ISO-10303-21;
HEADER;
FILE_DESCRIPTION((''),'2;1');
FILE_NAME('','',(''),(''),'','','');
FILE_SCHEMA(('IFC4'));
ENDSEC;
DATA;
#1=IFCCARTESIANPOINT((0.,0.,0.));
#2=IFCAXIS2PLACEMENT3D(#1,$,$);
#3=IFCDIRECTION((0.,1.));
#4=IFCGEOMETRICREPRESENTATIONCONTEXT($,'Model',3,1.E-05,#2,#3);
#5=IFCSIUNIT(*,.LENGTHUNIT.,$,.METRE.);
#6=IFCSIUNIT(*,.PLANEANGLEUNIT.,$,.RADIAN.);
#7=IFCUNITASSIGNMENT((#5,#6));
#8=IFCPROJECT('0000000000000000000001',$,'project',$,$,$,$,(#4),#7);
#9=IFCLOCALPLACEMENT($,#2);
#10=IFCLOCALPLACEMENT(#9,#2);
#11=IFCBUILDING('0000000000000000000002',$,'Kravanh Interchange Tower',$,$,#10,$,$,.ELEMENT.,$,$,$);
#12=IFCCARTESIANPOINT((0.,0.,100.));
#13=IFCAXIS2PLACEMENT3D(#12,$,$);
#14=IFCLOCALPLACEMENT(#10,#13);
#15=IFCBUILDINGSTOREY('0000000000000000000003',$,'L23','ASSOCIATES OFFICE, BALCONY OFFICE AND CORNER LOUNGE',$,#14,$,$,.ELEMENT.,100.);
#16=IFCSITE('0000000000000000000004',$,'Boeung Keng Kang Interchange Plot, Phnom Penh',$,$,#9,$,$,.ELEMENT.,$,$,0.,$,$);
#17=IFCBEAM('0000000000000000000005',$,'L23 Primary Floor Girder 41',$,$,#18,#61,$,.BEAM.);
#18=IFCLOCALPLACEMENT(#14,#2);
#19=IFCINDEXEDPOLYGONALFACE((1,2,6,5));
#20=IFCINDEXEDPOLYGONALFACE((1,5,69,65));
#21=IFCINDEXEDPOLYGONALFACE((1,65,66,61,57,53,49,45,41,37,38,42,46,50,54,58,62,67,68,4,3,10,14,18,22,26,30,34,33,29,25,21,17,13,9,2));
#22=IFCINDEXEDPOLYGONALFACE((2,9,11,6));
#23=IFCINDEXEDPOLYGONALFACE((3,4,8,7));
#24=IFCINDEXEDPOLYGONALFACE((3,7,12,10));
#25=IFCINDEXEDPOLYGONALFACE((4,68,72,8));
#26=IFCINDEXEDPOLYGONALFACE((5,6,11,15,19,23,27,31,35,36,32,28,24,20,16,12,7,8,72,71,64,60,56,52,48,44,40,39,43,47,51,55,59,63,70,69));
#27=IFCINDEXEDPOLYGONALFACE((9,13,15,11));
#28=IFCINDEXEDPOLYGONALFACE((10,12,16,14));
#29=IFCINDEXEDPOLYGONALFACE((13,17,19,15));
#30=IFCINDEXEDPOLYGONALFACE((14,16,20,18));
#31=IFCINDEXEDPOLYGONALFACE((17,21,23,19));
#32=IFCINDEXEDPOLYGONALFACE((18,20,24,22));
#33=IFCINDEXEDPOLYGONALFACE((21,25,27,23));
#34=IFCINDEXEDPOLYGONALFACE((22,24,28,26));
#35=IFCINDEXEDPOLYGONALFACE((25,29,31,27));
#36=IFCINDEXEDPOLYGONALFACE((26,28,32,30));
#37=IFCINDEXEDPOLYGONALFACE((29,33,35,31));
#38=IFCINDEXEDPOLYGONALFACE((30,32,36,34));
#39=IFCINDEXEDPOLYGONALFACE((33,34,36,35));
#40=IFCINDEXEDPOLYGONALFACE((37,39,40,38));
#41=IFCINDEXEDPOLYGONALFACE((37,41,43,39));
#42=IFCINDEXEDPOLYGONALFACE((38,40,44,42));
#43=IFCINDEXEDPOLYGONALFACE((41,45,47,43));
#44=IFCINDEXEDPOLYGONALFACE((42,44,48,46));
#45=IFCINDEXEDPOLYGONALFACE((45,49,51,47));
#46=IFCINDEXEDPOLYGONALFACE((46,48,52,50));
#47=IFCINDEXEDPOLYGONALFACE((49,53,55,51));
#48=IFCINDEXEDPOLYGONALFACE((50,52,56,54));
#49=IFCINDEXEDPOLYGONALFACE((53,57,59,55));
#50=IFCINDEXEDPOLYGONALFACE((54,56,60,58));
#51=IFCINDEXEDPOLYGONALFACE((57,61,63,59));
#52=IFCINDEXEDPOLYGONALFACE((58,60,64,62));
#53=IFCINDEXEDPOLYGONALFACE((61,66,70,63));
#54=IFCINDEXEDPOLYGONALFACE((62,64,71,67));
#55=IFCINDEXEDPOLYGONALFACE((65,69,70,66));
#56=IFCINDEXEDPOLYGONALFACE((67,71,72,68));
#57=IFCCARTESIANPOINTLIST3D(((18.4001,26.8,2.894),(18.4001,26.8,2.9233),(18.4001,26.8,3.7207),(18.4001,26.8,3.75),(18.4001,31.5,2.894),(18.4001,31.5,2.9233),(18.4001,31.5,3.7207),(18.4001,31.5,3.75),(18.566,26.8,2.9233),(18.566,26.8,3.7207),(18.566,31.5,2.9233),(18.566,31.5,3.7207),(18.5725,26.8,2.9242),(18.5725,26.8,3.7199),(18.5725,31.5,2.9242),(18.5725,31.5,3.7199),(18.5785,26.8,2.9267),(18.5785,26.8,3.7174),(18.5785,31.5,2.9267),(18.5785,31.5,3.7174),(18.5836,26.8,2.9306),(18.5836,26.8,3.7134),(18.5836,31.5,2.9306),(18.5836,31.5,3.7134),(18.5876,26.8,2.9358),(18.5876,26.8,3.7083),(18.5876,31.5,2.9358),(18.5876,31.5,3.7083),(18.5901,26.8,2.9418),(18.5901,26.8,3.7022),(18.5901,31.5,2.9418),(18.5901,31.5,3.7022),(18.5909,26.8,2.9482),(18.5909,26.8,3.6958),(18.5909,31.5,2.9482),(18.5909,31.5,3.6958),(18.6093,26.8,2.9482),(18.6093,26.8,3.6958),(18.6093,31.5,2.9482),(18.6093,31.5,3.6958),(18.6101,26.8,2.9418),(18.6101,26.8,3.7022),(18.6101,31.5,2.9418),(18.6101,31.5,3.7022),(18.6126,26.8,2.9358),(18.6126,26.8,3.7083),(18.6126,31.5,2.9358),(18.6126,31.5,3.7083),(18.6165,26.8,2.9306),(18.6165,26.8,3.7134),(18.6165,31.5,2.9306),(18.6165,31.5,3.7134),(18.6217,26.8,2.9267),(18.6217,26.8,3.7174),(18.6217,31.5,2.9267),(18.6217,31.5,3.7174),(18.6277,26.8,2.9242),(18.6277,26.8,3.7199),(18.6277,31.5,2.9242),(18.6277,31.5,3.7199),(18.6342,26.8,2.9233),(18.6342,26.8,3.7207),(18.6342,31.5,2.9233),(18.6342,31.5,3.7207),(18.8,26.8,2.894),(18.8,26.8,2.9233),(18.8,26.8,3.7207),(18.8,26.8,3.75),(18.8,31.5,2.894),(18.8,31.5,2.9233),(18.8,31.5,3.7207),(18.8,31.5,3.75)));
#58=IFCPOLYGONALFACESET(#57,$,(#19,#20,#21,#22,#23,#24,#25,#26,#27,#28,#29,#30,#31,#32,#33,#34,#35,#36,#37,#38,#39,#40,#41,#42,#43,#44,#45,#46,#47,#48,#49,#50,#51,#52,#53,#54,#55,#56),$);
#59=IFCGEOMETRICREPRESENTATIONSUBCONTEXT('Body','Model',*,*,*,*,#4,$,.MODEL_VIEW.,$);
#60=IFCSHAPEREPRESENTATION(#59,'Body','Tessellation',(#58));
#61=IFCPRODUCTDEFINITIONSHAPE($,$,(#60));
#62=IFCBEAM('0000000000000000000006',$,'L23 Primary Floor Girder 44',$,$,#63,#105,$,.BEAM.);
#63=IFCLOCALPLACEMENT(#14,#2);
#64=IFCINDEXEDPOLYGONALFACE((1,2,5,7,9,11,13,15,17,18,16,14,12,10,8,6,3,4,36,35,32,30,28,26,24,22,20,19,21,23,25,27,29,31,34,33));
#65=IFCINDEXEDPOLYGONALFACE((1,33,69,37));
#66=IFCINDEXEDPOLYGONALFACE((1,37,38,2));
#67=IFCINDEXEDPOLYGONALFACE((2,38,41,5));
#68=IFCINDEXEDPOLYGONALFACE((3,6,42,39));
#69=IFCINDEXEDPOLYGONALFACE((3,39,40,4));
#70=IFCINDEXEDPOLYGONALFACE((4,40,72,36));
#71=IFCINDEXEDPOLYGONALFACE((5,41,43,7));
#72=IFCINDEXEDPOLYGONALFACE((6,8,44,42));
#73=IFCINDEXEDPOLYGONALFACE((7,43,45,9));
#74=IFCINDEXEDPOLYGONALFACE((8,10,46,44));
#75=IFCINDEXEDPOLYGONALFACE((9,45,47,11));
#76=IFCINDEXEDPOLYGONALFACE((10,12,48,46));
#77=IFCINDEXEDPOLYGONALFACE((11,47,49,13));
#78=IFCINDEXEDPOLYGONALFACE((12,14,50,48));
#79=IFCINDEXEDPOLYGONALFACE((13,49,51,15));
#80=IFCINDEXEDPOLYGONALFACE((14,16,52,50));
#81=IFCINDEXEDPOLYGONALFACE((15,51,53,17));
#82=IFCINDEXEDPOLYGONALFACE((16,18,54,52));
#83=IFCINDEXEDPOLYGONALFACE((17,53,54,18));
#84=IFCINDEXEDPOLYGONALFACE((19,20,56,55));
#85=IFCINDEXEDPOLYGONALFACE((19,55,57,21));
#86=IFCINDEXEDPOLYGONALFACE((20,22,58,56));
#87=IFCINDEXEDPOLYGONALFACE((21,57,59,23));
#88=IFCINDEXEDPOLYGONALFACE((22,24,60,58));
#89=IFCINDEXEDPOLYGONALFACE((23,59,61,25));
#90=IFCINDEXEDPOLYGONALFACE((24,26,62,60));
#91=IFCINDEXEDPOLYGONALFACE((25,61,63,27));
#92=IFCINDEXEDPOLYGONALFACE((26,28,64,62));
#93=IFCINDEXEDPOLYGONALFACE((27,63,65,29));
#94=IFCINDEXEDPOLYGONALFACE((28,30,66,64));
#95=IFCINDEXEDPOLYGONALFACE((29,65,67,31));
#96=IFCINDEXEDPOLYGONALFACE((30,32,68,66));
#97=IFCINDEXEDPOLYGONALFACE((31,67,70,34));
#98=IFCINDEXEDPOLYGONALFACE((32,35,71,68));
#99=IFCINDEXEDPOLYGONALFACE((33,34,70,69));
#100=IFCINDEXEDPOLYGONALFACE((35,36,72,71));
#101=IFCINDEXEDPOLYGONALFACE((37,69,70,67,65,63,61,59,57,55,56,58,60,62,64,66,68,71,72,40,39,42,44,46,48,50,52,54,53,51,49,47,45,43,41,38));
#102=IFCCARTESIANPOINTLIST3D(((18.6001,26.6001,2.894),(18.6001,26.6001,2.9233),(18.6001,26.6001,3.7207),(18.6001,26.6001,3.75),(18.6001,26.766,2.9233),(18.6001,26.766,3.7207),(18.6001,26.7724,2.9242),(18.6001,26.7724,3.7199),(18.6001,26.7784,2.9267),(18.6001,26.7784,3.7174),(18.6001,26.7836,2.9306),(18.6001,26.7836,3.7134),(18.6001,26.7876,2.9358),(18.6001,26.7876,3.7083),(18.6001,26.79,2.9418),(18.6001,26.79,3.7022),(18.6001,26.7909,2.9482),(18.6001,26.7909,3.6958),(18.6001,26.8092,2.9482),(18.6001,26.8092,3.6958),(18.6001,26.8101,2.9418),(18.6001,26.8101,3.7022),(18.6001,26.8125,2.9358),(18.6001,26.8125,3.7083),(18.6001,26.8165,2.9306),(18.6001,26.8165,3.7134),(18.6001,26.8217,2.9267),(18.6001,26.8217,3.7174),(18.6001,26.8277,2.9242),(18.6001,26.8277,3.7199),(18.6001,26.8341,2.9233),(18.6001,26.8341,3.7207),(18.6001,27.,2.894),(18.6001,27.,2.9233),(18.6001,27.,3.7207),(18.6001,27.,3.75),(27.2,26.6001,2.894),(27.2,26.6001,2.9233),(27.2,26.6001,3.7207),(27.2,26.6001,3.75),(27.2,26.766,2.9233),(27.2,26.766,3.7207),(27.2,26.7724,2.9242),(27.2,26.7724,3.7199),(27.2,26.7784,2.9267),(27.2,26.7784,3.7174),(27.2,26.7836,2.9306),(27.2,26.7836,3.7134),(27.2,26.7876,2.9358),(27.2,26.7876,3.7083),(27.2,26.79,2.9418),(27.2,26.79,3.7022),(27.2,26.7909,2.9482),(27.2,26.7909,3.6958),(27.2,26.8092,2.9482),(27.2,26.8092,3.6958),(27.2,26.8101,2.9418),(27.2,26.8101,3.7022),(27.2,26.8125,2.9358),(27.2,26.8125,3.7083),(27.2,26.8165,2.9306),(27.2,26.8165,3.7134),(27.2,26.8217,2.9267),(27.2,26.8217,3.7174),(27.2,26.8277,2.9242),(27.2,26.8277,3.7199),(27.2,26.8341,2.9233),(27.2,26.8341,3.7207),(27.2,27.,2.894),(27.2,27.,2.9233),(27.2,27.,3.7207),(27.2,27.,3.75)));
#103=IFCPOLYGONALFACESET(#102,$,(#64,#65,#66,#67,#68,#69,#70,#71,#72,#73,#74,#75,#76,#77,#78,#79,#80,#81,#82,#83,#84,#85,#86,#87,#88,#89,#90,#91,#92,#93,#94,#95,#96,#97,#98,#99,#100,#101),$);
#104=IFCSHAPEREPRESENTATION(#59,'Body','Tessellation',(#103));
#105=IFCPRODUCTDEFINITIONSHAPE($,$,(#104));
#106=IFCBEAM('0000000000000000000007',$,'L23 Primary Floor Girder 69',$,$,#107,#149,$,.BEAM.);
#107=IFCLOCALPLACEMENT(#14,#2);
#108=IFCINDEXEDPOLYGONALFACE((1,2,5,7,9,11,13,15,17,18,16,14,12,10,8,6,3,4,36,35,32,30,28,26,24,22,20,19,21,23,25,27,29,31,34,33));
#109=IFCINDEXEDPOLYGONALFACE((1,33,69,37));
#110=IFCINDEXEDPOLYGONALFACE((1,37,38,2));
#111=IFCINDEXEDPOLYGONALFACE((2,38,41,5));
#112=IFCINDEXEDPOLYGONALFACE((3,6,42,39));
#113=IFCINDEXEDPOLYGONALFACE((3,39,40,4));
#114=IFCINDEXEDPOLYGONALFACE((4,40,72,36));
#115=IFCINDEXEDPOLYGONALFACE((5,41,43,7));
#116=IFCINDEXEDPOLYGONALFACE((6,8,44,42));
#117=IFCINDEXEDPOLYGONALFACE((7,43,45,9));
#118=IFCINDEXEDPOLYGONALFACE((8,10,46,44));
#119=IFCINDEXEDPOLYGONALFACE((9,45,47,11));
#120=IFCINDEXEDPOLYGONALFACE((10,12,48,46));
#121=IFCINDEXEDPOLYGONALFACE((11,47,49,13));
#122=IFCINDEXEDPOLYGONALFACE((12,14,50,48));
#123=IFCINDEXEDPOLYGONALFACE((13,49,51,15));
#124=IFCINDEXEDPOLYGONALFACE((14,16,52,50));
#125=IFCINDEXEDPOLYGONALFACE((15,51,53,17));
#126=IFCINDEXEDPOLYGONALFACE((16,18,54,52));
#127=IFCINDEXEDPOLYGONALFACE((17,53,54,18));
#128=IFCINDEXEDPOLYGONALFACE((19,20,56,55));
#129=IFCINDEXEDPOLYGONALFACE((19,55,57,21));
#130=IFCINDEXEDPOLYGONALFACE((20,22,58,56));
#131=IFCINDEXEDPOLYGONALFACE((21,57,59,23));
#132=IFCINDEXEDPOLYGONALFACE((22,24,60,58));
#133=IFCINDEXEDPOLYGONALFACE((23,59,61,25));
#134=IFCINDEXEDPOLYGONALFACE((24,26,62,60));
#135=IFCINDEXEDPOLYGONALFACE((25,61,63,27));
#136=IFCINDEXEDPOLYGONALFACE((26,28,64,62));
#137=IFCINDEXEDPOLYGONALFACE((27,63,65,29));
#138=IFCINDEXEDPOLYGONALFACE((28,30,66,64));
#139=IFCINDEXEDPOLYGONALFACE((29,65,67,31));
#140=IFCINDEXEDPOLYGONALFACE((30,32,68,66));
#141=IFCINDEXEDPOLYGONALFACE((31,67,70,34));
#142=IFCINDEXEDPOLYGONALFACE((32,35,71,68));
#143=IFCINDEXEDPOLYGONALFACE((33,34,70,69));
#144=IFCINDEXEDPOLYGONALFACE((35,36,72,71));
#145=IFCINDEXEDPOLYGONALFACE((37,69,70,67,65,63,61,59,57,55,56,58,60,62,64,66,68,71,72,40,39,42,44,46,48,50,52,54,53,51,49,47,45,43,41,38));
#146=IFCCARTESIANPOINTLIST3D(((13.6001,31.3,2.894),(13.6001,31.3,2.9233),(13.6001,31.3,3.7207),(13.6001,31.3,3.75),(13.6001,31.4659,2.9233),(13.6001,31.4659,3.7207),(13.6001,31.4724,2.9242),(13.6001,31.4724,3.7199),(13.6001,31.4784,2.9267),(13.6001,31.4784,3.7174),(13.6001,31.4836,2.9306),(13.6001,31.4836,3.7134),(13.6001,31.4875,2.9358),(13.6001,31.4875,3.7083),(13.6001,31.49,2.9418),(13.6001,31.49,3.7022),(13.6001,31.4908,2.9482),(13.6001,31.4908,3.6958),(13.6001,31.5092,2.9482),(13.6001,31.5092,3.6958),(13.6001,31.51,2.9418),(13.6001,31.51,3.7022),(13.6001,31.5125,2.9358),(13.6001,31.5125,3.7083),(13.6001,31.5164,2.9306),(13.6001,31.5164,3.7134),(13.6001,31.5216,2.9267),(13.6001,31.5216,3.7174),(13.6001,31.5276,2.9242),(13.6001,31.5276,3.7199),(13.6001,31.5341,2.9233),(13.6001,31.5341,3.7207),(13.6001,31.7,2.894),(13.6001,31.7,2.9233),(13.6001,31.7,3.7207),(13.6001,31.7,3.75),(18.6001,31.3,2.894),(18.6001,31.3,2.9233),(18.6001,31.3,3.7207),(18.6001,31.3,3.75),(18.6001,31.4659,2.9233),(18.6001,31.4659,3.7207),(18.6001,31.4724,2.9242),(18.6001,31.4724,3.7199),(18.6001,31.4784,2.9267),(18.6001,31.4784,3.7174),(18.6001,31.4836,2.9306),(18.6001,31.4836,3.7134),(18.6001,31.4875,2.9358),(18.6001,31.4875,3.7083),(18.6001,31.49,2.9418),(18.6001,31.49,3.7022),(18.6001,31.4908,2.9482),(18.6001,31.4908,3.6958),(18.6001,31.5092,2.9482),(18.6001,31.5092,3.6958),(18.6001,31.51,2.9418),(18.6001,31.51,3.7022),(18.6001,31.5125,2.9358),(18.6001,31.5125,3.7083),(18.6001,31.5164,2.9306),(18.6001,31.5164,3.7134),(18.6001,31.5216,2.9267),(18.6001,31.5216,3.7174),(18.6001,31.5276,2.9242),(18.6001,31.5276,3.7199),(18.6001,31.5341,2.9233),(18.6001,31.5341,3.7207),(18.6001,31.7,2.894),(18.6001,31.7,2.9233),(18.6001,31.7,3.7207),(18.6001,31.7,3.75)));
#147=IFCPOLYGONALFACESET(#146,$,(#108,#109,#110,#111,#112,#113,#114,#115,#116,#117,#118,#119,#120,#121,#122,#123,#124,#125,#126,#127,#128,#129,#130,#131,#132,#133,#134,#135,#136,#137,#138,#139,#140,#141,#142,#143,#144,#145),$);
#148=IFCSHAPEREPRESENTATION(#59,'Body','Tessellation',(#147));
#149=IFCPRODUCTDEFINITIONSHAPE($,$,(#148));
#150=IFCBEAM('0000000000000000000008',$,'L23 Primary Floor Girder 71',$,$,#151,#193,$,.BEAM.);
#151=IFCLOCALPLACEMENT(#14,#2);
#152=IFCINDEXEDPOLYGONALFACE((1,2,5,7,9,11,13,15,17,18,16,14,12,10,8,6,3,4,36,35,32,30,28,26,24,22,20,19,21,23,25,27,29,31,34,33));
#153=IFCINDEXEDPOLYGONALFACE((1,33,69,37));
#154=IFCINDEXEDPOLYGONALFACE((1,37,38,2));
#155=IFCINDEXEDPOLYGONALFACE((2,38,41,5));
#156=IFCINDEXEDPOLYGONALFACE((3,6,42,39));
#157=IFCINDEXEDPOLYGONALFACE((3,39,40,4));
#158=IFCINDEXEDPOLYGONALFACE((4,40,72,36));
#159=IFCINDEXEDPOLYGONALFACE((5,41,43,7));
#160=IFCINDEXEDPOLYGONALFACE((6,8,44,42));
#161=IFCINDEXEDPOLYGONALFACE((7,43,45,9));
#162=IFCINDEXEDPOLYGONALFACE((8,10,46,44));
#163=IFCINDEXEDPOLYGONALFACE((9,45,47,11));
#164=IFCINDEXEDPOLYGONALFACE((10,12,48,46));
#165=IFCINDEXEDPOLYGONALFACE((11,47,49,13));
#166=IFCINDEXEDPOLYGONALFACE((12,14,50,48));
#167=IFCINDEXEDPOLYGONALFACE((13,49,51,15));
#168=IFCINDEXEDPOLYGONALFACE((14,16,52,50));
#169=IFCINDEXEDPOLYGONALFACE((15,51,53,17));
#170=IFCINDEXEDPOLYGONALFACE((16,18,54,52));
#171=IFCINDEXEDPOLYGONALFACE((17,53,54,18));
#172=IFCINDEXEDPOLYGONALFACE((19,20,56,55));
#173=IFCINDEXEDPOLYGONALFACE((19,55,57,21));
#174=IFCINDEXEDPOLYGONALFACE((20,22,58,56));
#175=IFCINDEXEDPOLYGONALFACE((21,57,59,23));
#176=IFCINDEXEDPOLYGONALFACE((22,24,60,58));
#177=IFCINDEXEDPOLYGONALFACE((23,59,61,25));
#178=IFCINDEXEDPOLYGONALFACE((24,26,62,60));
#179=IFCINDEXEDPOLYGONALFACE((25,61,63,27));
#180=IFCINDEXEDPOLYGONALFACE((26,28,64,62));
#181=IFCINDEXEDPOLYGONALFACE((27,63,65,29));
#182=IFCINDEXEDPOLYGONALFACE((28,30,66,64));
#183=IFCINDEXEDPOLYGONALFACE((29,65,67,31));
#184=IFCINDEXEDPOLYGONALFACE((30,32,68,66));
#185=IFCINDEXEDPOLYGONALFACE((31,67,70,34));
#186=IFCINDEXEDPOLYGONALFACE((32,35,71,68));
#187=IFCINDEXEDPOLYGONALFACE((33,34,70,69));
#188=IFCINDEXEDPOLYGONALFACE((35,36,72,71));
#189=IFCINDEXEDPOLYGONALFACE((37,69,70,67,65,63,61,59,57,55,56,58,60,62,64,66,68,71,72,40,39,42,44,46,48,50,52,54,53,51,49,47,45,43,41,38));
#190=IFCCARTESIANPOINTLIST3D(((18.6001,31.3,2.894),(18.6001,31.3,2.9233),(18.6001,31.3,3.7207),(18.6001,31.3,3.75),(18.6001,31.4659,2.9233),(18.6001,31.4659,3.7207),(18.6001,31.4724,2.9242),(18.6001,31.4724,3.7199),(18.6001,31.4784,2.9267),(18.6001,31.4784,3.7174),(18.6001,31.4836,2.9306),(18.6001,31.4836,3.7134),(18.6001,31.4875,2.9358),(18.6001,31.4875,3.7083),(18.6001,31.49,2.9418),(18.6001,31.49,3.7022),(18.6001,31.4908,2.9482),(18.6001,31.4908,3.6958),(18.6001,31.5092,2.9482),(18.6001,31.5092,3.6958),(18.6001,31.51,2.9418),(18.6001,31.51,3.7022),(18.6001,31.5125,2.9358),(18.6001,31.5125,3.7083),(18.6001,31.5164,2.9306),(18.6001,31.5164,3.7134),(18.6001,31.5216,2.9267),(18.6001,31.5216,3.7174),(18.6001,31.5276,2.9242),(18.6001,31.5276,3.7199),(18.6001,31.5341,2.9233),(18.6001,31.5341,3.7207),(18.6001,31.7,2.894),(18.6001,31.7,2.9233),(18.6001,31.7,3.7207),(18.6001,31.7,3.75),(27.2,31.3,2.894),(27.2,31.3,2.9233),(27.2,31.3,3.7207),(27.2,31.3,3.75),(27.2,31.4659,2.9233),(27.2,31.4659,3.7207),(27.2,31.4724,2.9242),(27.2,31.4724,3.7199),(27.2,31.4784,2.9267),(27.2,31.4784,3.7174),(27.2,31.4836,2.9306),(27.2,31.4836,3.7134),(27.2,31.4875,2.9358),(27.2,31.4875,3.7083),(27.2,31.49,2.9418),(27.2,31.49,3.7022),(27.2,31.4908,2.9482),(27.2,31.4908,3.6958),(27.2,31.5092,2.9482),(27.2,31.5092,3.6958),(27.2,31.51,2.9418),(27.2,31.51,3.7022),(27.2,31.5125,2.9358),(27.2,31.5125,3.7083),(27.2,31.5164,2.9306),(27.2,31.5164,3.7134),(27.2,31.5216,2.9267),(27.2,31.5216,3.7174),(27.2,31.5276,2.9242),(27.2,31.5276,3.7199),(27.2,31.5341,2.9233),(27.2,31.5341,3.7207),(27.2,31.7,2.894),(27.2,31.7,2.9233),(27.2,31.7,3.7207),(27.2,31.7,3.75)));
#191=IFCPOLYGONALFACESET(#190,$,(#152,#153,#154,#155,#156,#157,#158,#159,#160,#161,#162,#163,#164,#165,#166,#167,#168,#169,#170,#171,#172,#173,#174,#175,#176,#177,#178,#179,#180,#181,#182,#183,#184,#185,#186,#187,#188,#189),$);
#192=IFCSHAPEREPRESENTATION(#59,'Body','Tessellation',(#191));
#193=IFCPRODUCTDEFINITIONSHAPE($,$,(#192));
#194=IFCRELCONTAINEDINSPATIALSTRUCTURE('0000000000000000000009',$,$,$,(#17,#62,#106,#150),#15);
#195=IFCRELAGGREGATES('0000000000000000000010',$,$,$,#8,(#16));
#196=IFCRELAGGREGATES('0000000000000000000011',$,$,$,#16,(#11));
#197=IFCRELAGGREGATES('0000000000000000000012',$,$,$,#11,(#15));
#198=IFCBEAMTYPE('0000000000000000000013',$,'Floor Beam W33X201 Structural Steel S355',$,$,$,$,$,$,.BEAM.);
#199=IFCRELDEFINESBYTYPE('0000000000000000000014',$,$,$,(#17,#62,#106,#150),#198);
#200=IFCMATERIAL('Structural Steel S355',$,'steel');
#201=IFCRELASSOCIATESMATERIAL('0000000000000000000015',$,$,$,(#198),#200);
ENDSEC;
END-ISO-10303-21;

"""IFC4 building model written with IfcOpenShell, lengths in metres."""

from ifc_helpers import new_model, si_unit, direction, frame, origin, origin_2d, place, context, subcontext, project, spatial, i_section, extrude, material, material_profile, profile_set, type_object, element, save


model = new_model("IFC4")

# Units and contexts
model_context = context("Model", 3, precision=1e-05, world=origin(), true_north=direction((0.0, 1.0)))
body_context = subcontext(model_context, "Body", "Model", "MODEL_VIEW")
ifc_project = project(units=[si_unit("LENGTHUNIT", "METRE"), si_unit("PLANEANGLEUNIT", "RADIAN")], contexts=[model_context])

# Site, building, storey
site_placement = place(None, origin())
site = spatial("IfcSite", under=ifc_project, at=site_placement, Name="Boeung Keng Kang Interchange Plot, Phnom Penh", CompositionType="ELEMENT", RefElevation=0.0)
building_placement = place(site_placement, origin())
building = spatial("IfcBuilding", under=site, at=building_placement, Name="Kravanh Interchange Tower", CompositionType="ELEMENT")
storey_placement = place(building_placement, frame((0.0, 0.0, 100.0)))
storey = spatial("IfcBuildingStorey", under=building, at=storey_placement, Name="L23", Description="ASSOCIATES OFFICE, BALCONY OFFICE AND CORNER LOUNGE", CompositionType="ELEMENT", Elevation=100.0)

# Beams
ifc_material_1 = material(Name="Structural Steel S355", Category="steel")
ifc_material_profile_1 = material_profile(ifc_material_1, i_section(OverallWidth=0.3999, OverallDepth=0.856, WebThickness=0.0183, FlangeThickness=0.0293, FilletRadius=0.0249, at=origin_2d()), Name="W33X201")
ifc_profile_set_1 = profile_set([ifc_material_profile_1], Name="Structural Steel S355")
beam_type_1 = type_object("IfcBeamType", Name="Floor Beam W33X201 Structural Steel S355", PredefinedType="BEAM", material=ifc_profile_set_1)
beam_1_placement = place(storey_placement, frame((18.6001, 26.8, 3.322), z_axis=(0.0, 1.0, 0.0), x_axis=(-1.0, 0.0, 0.0)))
element("IfcBeam", 1, at=beam_1_placement, inside=storey, type_object=beam_type_1, Name="L23 Primary Floor Girder 41", PredefinedType="BEAM", context=body_context, shape_type="SweptSolid", body=[
    extrude(i_section(OverallWidth=0.3999, OverallDepth=0.856, WebThickness=0.0183, FlangeThickness=0.0293, FilletRadius=0.0249, at=origin_2d()), origin(), (0.0, 0.0, 1.0), 4.7),
])
beam_2_placement = place(storey_placement, frame((18.6001, 26.8, 3.322), z_axis=(1.0, 0.0, 0.0), x_axis=(0.0, 1.0, 0.0)))
element("IfcBeam", 2, at=beam_2_placement, inside=storey, type_object=beam_type_1, Name="L23 Primary Floor Girder 44", PredefinedType="BEAM", context=body_context, shape_type="SweptSolid", body=[
    extrude(i_section(OverallWidth=0.3999, OverallDepth=0.856, WebThickness=0.0183, FlangeThickness=0.0293, FilletRadius=0.0249, at=origin_2d()), origin(), (0.0, 0.0, 1.0), 8.5999),
])
beam_3_placement = place(storey_placement, frame((13.6001, 31.5, 3.322), z_axis=(1.0, 0.0, 0.0), x_axis=(0.0, 1.0, 0.0)))
element("IfcBeam", 3, at=beam_3_placement, inside=storey, type_object=beam_type_1, Name="L23 Primary Floor Girder 69", PredefinedType="BEAM", context=body_context, shape_type="SweptSolid", body=[
    extrude(i_section(OverallWidth=0.3999, OverallDepth=0.856, WebThickness=0.0183, FlangeThickness=0.0293, FilletRadius=0.0249, at=origin_2d()), origin(), (0.0, 0.0, 1.0), 5.0),
])
beam_4_placement = place(storey_placement, frame((18.6001, 31.5, 3.322), z_axis=(1.0, 0.0, 0.0), x_axis=(0.0, 1.0, 0.0)))
element("IfcBeam", 4, at=beam_4_placement, inside=storey, type_object=beam_type_1, Name="L23 Primary Floor Girder 71", PredefinedType="BEAM", context=body_context, shape_type="SweptSolid", body=[
    extrude(i_section(OverallWidth=0.3999, OverallDepth=0.856, WebThickness=0.0183, FlangeThickness=0.0293, FilletRadius=0.0249, at=origin_2d()), origin(), (0.0, 0.0, 1.0), 8.5999),
])

save(model, "model.ifc")
